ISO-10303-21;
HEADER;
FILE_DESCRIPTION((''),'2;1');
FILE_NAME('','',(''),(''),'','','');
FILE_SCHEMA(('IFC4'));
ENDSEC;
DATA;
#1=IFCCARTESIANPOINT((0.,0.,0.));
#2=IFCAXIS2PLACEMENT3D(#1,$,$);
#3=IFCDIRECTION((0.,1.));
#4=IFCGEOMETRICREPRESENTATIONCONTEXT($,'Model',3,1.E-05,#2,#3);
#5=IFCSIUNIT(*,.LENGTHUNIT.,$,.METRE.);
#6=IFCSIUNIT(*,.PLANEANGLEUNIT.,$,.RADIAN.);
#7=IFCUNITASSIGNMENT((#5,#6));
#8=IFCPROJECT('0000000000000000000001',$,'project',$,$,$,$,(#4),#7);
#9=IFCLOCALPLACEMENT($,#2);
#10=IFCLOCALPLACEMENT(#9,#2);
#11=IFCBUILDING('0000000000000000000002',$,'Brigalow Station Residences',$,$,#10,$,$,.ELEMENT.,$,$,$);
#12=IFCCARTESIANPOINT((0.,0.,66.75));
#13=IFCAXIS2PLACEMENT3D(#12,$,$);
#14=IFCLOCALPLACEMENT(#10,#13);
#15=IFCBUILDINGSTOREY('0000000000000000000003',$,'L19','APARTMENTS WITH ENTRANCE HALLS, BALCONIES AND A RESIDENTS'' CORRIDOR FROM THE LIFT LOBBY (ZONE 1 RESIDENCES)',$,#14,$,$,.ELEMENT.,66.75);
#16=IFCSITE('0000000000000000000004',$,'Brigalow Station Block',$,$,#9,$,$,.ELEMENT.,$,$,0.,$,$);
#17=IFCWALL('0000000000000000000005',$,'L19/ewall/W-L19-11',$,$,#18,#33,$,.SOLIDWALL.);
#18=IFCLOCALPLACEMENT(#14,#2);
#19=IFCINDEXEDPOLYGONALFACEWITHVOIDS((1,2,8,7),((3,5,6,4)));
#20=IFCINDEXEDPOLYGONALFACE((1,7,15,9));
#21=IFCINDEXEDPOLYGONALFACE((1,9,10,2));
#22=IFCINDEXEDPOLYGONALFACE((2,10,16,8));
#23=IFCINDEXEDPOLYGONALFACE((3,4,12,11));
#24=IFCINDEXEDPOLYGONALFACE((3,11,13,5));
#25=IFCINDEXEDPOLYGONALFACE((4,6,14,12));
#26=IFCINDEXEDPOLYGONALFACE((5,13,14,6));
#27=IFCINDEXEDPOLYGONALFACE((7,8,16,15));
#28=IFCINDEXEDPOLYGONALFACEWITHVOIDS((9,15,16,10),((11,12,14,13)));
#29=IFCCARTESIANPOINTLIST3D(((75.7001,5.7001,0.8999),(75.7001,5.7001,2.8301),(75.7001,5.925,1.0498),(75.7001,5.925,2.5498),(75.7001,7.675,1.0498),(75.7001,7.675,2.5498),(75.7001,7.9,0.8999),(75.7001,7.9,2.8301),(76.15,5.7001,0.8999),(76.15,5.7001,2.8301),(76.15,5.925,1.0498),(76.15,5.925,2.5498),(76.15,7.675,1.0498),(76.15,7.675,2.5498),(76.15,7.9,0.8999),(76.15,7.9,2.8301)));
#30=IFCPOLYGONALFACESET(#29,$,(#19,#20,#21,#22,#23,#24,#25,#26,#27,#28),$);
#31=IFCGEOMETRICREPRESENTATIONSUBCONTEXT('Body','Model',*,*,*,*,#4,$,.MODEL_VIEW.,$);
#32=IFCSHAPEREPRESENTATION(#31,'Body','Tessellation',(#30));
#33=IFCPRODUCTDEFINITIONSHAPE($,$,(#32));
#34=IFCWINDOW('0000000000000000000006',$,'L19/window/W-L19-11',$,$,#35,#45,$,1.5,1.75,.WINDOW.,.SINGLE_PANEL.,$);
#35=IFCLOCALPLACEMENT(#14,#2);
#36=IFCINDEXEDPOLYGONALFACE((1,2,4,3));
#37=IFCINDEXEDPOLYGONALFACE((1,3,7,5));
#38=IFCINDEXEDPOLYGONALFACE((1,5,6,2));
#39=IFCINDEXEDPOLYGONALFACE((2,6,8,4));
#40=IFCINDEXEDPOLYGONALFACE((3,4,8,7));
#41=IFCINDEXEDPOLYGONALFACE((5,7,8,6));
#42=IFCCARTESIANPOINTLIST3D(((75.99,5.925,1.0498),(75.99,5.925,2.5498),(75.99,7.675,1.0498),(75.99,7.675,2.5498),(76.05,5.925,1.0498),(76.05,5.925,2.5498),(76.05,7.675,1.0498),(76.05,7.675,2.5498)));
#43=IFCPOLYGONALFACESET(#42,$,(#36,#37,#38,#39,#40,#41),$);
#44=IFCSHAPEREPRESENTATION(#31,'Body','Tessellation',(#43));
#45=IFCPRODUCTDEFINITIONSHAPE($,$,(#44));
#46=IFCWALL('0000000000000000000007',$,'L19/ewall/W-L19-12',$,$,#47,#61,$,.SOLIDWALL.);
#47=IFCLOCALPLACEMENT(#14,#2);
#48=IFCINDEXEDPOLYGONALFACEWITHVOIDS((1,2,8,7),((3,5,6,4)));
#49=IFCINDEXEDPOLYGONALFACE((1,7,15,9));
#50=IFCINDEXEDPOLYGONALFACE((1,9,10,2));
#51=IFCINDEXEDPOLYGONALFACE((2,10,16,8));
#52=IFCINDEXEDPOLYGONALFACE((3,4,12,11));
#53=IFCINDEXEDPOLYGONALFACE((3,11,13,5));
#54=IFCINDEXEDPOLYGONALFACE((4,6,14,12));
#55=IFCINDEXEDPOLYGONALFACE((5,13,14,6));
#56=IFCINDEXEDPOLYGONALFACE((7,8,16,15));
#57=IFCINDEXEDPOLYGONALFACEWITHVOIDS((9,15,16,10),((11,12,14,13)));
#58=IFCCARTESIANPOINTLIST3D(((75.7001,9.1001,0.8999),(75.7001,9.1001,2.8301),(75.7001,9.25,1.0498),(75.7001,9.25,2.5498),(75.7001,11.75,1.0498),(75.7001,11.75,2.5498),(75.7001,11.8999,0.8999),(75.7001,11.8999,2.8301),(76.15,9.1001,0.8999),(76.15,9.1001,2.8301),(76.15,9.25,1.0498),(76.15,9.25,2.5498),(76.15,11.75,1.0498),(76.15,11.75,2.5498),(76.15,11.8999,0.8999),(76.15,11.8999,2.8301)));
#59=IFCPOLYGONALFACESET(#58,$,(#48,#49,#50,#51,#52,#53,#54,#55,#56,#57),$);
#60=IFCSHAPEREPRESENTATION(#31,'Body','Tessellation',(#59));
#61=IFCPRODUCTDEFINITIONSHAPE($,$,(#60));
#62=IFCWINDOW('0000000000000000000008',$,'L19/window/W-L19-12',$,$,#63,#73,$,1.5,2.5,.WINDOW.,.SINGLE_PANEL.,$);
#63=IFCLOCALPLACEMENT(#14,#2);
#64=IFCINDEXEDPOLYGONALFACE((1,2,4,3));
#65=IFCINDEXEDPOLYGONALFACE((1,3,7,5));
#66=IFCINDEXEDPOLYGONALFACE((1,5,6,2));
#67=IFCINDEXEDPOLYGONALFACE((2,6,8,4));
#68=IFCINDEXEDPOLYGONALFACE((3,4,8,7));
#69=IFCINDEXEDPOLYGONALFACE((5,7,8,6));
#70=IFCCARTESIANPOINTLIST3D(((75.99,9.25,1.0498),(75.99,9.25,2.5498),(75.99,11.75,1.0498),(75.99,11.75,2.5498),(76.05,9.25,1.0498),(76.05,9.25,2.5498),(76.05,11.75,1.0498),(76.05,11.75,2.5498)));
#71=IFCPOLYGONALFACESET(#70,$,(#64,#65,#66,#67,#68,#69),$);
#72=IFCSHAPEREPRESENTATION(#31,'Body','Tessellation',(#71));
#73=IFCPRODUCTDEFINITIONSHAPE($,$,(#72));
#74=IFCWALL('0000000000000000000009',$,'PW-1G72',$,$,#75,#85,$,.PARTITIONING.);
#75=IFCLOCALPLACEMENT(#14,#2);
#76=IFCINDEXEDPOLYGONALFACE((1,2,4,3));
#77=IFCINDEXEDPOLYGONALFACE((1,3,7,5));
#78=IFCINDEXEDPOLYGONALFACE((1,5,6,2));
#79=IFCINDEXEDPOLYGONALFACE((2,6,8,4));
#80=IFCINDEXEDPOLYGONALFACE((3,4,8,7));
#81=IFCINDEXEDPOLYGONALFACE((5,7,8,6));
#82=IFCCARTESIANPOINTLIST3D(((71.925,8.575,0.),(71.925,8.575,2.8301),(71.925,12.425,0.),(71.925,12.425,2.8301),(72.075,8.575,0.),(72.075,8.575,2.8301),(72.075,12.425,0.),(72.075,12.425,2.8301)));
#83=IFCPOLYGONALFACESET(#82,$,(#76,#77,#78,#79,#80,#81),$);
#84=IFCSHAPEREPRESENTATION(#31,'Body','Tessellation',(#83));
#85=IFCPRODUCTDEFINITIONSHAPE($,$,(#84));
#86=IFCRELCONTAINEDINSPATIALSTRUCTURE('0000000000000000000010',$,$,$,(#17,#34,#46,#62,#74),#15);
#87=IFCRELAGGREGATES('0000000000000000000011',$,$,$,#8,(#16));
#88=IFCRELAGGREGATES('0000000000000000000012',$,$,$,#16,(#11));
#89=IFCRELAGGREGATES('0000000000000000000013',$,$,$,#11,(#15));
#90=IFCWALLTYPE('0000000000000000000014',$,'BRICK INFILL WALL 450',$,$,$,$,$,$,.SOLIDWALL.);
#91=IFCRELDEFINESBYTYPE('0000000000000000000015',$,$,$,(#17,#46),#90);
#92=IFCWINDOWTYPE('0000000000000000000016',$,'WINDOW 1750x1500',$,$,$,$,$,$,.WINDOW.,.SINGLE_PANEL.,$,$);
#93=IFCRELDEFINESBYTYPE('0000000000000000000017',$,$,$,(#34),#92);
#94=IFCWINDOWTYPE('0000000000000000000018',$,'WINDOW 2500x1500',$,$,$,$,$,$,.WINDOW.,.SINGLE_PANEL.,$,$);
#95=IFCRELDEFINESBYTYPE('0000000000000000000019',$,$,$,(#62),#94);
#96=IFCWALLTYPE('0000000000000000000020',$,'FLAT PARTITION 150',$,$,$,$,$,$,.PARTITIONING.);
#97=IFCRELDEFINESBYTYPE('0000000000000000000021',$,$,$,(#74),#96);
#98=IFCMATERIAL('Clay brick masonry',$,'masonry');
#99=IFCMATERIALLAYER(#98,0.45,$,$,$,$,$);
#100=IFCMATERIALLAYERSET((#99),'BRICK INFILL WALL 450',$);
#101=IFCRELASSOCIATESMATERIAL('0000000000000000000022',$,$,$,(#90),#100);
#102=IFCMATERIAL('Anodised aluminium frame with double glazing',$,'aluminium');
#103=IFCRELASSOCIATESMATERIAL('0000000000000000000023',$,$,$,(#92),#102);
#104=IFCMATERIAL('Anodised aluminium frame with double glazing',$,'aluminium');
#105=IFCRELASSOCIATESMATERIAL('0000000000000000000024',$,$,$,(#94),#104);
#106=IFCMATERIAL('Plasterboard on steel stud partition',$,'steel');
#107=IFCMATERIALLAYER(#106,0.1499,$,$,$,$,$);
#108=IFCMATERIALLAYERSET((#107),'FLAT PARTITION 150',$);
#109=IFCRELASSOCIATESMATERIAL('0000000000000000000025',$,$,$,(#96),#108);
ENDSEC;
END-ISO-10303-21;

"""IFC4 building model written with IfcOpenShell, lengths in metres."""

from ifc_helpers import new_model, si_unit, direction, frame, frame_2d, origin, place, context, subcontext, project, spatial, rectangle, extrude, material, layer, layer_set, type_object, element, fill, save


model = new_model("IFC4")

# Units and contexts
model_context = context("Model", 3, precision=1e-05, world=origin(), true_north=direction((0.0, 1.0)))
body_context = subcontext(model_context, "Body", "Model", "MODEL_VIEW")
ifc_project = project(units=[si_unit("LENGTHUNIT", "METRE"), si_unit("PLANEANGLEUNIT", "RADIAN")], contexts=[model_context])

# Site, building, storey
site_placement = place(None, origin())
site = spatial("IfcSite", under=ifc_project, at=site_placement, Name="Brigalow Station Block", CompositionType="ELEMENT", RefElevation=0.0)
building_placement = place(site_placement, origin())
building = spatial("IfcBuilding", under=site, at=building_placement, Name="Brigalow Station Residences", CompositionType="ELEMENT")
storey_placement = place(building_placement, frame((0.0, 0.0, 66.75)))
storey = spatial("IfcBuildingStorey", under=building, at=storey_placement, Name="L19", Description="APARTMENTS WITH ENTRANCE HALLS, BALCONIES AND A RESIDENTS' CORRIDOR FROM THE LIFT LOBBY (ZONE 1 RESIDENCES)", CompositionType="ELEMENT", Elevation=66.75)

# Walls, openings, windows
ifc_material_1 = material(Name="Clay brick masonry", Category="masonry")
ifc_layer_1 = layer(ifc_material_1, 0.45)
ifc_layer_set_1 = layer_set([ifc_layer_1], Name="BRICK INFILL WALL 450")
wall_type_1 = type_object("IfcWallType", Name="BRICK INFILL WALL 450", PredefinedType="SOLIDWALL", material=ifc_layer_set_1)
wall_1_placement = place(storey_placement, frame((75.925, 5.7, 0.8999), z_axis=(0.0, 0.0, 1.0), x_axis=(0.0, 1.0, 0.0)))
wall_1 = element("IfcWall", 1, at=wall_1_placement, inside=storey, type_object=wall_type_1, Name="L19/ewall/W-L19-11", PredefinedType="SOLIDWALL", context=body_context, shape_type="SweptSolid", body=[
    extrude(rectangle(XDim=2.2, YDim=0.45, at=frame_2d((1.1001, 0.0))), origin(), (0.0, 0.0, 1.0), 1.9302),
])
opening_1_placement = place(wall_1_placement, frame((0.2251, 0.0, 0.1499)))
opening_1 = element("IfcOpeningElement", 2, at=opening_1_placement, cuts=wall_1, PredefinedType="OPENING", context=body_context, shape_type="SweptSolid", body=[
    extrude(rectangle(XDim=1.75, YDim=1.5, at=frame_2d((0.875, 0.75))), frame((0.0, 0.2349, 0.0), z_axis=(0.0, -1.0, 0.0), x_axis=(1.0, 0.0, 0.0)), (0.0, 0.0, 1.0), 0.47),
])
ifc_material_2 = material(Name="Anodised aluminium frame with double glazing", Category="aluminium")
window_type_1 = type_object("IfcWindowType", Name="WINDOW 1750x1500", PartitioningType="SINGLE_PANEL", PredefinedType="WINDOW", material=ifc_material_2)
window_1_placement = place(opening_1_placement, origin())
window_1 = element("IfcWindow", 3, at=window_1_placement, inside=storey, type_object=window_type_1, Name="L19/window/W-L19-11", OverallHeight=1.5, OverallWidth=1.75, PartitioningType="SINGLE_PANEL", PredefinedType="WINDOW", context=body_context, shape_type="SweptSolid", body=[
    extrude(rectangle(XDim=1.75, YDim=1.5, at=frame_2d((0.875, 0.75))), frame((0.0, -0.0649, 0.0), z_axis=(0.0, -1.0, 0.0), x_axis=(1.0, 0.0, 0.0)), (0.0, 0.0, 1.0), 0.0601),
])
fill(opening_1, window_1)
wall_2_placement = place(storey_placement, frame((75.925, 9.1001, 0.8999), z_axis=(0.0, 0.0, 1.0), x_axis=(0.0, 1.0, 0.0)))
wall_2 = element("IfcWall", 4, at=wall_2_placement, inside=storey, type_object=wall_type_1, Name="L19/ewall/W-L19-12", PredefinedType="SOLIDWALL", context=body_context, shape_type="SweptSolid", body=[
    extrude(rectangle(XDim=2.7998, YDim=0.45, at=frame_2d((1.3999, 0.0))), origin(), (0.0, 0.0, 1.0), 1.9302),
])
opening_2_placement = place(wall_2_placement, frame((0.1499, 0.0, 0.1499)))
opening_2 = element("IfcOpeningElement", 5, at=opening_2_placement, cuts=wall_2, PredefinedType="OPENING", context=body_context, shape_type="SweptSolid", body=[
    extrude(rectangle(XDim=2.5, YDim=1.5, at=frame_2d((1.25, 0.75))), frame((0.0, 0.2349, 0.0), z_axis=(0.0, -1.0, 0.0), x_axis=(1.0, 0.0, 0.0)), (0.0, 0.0, 1.0), 0.47),
])
ifc_material_3 = material(Name="Anodised aluminium frame with double glazing", Category="aluminium")
window_type_2 = type_object("IfcWindowType", Name="WINDOW 2500x1500", PartitioningType="SINGLE_PANEL", PredefinedType="WINDOW", material=ifc_material_3)
window_2_placement = place(opening_2_placement, origin())
window_2 = element("IfcWindow", 6, at=window_2_placement, inside=storey, type_object=window_type_2, Name="L19/window/W-L19-12", OverallHeight=1.5, OverallWidth=2.5, PartitioningType="SINGLE_PANEL", PredefinedType="WINDOW", context=body_context, shape_type="SweptSolid", body=[
    extrude(rectangle(XDim=2.5, YDim=1.5, at=frame_2d((1.25, 0.75))), frame((0.0, -0.0649, 0.0), z_axis=(0.0, -1.0, 0.0), x_axis=(1.0, 0.0, 0.0)), (0.0, 0.0, 1.0), 0.0601),
])
fill(opening_2, window_2)

# Wall
ifc_material_4 = material(Name="Plasterboard on steel stud partition", Category="steel")
ifc_layer_2 = layer(ifc_material_4, 0.1499)
ifc_layer_set_2 = layer_set([ifc_layer_2], Name="FLAT PARTITION 150")
wall_type_2 = type_object("IfcWallType", Name="FLAT PARTITION 150", PredefinedType="PARTITIONING", material=ifc_layer_set_2)
wall_3_placement = place(storey_placement, frame((72.0, 8.575, 0.0), z_axis=(0.0, 0.0, 1.0), x_axis=(0.0, 1.0, 0.0)))
element("IfcWall", 7, at=wall_3_placement, inside=storey, type_object=wall_type_2, Name="PW-1G72", PredefinedType="PARTITIONING", context=body_context, shape_type="SweptSolid", body=[
    extrude(rectangle(XDim=3.8501, YDim=0.1499, at=frame_2d((1.925, 0.0))), origin(), (0.0, 0.0, 1.0), 2.8301),
])

save(model, "model.ifc")
